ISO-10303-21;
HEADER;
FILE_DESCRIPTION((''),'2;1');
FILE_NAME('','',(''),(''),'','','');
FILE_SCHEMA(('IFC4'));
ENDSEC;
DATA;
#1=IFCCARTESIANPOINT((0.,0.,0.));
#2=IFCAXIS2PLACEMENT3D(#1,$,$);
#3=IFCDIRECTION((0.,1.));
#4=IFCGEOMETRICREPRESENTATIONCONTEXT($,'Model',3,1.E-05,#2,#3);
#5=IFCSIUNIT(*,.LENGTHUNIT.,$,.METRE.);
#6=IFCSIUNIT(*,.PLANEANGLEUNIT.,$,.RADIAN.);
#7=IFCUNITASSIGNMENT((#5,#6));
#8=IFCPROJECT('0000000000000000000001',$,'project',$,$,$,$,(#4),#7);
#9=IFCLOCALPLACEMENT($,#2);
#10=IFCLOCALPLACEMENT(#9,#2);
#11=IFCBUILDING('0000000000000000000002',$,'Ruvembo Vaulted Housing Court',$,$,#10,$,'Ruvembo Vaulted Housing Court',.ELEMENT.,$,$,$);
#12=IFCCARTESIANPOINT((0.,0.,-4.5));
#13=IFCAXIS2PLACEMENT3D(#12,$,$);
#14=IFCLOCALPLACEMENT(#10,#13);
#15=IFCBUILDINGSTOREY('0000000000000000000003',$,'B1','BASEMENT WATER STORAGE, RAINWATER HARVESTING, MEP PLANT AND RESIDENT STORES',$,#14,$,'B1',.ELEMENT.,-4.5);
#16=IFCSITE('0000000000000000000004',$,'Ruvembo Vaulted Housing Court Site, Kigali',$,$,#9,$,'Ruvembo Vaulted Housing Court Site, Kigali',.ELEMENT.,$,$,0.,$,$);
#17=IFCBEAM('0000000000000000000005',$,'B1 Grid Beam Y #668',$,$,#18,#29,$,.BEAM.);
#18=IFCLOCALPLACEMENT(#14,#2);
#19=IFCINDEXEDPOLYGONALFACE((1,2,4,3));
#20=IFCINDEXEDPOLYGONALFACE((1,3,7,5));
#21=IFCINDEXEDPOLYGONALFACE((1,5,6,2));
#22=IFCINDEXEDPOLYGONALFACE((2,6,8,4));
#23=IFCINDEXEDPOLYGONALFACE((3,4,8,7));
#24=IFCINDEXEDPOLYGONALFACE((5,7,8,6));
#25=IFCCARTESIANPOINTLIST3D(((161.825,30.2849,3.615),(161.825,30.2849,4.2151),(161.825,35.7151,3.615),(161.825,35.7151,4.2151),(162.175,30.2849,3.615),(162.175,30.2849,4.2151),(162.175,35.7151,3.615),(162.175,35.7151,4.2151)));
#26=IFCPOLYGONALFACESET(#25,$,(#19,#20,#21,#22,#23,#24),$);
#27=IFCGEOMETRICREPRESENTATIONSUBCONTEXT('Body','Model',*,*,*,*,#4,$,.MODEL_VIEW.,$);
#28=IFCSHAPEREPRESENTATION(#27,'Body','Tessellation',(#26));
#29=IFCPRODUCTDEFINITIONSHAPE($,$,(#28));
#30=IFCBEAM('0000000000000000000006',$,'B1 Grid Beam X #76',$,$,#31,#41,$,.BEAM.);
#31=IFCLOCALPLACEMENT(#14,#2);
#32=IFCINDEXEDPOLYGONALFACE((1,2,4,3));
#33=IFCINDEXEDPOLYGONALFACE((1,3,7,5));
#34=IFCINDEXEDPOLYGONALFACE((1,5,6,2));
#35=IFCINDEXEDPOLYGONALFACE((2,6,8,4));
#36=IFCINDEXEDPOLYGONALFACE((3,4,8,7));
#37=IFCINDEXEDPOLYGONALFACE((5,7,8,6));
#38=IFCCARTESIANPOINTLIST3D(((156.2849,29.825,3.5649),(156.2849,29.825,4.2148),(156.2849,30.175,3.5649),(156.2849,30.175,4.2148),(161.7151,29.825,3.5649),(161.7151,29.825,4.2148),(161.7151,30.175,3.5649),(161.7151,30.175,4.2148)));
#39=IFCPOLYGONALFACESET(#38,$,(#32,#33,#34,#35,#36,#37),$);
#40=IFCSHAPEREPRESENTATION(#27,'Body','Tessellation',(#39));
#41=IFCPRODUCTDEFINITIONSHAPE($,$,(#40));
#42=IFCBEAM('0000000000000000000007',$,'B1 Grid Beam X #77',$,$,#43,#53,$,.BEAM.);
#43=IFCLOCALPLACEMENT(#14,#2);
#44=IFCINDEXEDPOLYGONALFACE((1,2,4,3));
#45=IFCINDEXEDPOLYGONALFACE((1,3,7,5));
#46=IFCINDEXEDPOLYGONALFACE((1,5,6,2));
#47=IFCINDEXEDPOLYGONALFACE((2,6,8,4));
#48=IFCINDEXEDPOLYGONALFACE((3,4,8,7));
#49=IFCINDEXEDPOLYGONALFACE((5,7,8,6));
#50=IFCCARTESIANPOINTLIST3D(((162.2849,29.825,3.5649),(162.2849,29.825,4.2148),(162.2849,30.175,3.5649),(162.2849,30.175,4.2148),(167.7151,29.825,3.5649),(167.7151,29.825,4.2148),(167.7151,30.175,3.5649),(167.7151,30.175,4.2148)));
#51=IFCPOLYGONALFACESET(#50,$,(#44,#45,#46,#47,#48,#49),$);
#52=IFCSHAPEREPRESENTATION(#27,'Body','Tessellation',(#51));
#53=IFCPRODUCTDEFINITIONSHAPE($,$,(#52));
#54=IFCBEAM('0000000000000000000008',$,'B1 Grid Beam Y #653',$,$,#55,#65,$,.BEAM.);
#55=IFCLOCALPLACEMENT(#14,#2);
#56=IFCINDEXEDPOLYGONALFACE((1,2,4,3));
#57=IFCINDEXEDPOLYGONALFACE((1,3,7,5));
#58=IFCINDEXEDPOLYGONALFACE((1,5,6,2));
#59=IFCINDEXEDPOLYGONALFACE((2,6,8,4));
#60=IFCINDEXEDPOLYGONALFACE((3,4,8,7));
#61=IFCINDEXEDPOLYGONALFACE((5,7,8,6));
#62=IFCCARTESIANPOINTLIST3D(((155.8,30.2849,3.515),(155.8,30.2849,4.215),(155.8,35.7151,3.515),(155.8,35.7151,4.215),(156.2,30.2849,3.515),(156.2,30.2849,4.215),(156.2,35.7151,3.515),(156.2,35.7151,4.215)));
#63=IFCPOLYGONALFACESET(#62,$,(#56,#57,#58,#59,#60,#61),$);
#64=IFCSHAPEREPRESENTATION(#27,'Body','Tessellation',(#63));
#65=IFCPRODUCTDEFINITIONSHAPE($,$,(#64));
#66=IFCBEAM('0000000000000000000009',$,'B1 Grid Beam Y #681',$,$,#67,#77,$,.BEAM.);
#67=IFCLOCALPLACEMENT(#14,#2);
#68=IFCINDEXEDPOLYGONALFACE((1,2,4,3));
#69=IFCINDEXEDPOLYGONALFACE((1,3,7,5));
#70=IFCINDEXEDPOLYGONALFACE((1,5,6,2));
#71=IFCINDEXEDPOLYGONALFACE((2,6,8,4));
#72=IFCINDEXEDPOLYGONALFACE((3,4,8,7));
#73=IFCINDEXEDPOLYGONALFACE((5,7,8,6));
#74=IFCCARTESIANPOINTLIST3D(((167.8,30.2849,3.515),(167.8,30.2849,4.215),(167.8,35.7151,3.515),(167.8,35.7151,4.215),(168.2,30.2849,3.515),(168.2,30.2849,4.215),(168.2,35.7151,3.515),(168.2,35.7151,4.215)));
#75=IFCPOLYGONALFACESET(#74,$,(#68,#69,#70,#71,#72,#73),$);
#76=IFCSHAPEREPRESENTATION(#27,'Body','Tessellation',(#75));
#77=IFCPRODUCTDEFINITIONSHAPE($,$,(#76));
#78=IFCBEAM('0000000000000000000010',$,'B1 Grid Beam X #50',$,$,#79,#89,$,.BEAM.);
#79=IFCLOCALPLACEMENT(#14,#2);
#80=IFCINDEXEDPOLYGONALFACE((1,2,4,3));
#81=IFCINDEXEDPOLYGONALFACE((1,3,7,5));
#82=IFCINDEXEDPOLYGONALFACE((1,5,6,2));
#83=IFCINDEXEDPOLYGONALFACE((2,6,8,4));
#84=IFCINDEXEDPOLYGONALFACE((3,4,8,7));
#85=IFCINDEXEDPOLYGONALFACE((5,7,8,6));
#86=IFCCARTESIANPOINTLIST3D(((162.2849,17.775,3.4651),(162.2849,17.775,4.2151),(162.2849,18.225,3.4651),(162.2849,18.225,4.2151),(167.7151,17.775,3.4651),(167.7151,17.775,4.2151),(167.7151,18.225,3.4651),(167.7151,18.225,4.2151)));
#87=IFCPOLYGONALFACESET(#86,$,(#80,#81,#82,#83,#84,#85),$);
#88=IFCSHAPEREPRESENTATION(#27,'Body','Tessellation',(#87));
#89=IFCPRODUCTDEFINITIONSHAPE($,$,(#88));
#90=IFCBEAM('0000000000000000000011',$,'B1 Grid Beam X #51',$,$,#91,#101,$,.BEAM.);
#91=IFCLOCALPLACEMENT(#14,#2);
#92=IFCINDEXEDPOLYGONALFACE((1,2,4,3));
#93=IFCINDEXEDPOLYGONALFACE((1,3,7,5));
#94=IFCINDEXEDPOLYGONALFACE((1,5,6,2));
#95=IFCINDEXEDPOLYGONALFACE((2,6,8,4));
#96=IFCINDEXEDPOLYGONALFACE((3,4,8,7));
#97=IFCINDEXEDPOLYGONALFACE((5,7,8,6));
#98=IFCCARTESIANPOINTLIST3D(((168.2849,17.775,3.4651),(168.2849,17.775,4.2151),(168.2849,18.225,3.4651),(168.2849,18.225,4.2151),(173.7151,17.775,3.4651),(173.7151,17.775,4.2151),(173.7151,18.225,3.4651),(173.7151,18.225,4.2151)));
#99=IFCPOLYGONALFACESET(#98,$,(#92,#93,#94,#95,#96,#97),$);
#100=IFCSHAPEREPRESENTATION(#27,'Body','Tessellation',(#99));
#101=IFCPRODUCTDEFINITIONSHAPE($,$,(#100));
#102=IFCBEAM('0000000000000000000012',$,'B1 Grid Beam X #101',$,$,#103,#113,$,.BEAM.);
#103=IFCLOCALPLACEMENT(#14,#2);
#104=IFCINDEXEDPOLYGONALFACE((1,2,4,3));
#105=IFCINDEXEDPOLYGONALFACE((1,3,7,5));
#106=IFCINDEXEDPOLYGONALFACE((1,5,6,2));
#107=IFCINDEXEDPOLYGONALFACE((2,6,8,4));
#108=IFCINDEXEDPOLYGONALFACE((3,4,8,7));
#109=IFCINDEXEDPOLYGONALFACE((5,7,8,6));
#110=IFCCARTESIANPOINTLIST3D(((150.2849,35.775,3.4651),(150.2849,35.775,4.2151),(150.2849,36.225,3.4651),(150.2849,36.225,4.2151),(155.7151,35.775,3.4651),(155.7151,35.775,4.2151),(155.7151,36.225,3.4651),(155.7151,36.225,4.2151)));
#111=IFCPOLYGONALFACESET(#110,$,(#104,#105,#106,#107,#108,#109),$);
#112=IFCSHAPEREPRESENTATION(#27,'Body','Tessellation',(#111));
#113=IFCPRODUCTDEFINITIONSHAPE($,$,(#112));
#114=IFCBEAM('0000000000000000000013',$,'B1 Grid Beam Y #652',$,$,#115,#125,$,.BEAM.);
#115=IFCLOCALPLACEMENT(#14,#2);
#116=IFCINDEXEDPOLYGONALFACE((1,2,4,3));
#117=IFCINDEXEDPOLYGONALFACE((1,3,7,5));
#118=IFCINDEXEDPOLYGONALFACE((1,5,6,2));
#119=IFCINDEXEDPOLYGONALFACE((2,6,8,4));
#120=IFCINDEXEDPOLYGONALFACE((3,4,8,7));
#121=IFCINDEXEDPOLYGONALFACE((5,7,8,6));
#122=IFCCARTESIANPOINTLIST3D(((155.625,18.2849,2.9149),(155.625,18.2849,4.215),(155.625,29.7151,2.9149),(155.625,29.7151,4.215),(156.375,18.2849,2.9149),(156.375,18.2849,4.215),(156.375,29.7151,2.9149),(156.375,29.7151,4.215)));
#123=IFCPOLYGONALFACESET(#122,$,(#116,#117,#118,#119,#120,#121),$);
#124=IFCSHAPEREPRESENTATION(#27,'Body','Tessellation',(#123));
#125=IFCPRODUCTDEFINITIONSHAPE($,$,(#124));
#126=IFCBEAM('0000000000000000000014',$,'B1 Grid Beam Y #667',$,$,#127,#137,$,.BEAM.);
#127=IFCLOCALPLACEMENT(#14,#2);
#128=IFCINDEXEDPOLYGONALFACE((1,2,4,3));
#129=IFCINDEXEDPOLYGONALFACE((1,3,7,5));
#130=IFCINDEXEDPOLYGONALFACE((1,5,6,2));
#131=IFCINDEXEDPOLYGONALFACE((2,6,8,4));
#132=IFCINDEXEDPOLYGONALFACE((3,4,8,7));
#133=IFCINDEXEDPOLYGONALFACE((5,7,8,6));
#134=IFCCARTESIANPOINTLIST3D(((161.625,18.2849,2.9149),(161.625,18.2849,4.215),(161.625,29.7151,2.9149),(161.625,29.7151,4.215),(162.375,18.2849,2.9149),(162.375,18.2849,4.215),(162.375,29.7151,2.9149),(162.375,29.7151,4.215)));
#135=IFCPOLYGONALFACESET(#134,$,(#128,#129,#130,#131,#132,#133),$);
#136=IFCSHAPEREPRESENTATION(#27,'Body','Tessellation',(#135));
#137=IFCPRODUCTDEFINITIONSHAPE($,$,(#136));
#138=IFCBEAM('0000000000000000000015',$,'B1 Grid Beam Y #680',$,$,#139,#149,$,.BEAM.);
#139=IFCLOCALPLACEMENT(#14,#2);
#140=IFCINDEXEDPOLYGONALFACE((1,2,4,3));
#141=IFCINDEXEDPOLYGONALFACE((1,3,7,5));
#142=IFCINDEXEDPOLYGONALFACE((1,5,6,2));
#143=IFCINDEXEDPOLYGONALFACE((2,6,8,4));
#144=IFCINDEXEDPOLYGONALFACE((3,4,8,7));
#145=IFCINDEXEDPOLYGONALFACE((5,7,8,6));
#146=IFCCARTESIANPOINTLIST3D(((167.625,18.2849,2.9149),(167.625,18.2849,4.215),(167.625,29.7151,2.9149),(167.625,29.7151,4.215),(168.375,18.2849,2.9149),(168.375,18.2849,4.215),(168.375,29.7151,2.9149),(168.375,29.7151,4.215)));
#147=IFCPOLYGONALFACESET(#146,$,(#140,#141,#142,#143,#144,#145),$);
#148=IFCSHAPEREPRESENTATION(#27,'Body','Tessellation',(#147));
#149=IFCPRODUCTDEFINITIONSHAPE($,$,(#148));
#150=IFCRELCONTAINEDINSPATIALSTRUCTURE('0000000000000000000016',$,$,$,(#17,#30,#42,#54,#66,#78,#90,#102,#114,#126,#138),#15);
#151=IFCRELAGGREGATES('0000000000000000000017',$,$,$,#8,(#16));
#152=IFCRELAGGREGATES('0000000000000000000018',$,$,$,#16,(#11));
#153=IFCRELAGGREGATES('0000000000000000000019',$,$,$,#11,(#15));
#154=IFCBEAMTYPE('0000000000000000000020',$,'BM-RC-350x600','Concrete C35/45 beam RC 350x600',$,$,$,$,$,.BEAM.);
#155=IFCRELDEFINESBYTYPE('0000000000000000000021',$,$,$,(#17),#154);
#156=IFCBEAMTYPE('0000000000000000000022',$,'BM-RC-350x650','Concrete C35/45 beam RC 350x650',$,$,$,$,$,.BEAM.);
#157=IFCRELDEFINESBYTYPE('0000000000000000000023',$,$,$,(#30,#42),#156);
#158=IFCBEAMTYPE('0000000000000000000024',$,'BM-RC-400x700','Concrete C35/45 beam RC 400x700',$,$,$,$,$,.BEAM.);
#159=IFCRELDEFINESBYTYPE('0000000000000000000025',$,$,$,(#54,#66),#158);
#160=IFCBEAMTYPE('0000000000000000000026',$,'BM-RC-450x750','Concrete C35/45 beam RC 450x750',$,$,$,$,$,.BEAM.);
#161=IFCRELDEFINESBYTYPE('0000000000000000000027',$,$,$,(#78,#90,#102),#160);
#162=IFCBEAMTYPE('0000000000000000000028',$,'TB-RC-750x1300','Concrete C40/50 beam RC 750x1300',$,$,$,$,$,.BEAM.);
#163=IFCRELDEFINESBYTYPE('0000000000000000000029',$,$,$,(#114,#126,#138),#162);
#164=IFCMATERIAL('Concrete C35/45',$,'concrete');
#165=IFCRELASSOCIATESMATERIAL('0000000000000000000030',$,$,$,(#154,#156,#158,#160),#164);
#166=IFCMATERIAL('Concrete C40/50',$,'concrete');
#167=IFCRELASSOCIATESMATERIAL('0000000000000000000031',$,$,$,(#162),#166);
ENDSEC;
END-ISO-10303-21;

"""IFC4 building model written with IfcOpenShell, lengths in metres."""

from ifc_helpers import new_model, si_unit, direction, frame, origin, origin_2d, place, context, subcontext, project, spatial, rectangle, extrude, material, material_profile, profile_set, type_object, element, save


model = new_model("IFC4")

# Units and contexts
model_context = context("Model", 3, precision=1e-05, world=origin(), true_north=direction((0.0, 1.0)))
body_context = subcontext(model_context, "Body", "Model", "MODEL_VIEW")
ifc_project = project(units=[si_unit("LENGTHUNIT", "METRE"), si_unit("PLANEANGLEUNIT", "RADIAN")], contexts=[model_context])

# Site, building, storey
site_placement = place(None, origin())
site = spatial("IfcSite", under=ifc_project, at=site_placement, Name="Ruvembo Vaulted Housing Court Site, Kigali", LongName="Ruvembo Vaulted Housing Court Site, Kigali", CompositionType="ELEMENT", RefElevation=0.0)
building_placement = place(site_placement, origin())
building = spatial("IfcBuilding", under=site, at=building_placement, Name="Ruvembo Vaulted Housing Court", LongName="Ruvembo Vaulted Housing Court", CompositionType="ELEMENT")
storey_placement = place(building_placement, frame((0.0, 0.0, -4.5)))
storey = spatial("IfcBuildingStorey", under=building, at=storey_placement, Name="B1", Description="BASEMENT WATER STORAGE, RAINWATER HARVESTING, MEP PLANT AND RESIDENT STORES", LongName="B1", CompositionType="ELEMENT", Elevation=-4.5)

# Shared definitions
ifc_material_1 = material(Name="Concrete C35/45", Category="concrete")

# Shared definitions
ifc_material_2 = material(Name="Concrete C40/50", Category="concrete")

# Beams
ifc_material_profile_1 = material_profile(ifc_material_1, rectangle(XDim=0.3501, YDim=0.6001, at=origin_2d()), Name="RC 350x600")
ifc_profile_set_1 = profile_set([ifc_material_profile_1], Name="Concrete C35/45")
beam_type_1 = type_object("IfcBeamType", Name="BM-RC-350x600", Description="Concrete C35/45 beam RC 350x600", PredefinedType="BEAM", material=ifc_profile_set_1)
beam_placement = place(storey_placement, frame((162.0, 30.2849, 3.915), z_axis=(0.0, 1.0, 0.0), x_axis=(-1.0, 0.0, 0.0)))
element("IfcBeam", 1, at=beam_placement, inside=storey, type_object=beam_type_1, Name="B1 Grid Beam Y #668", PredefinedType="BEAM", context=body_context, shape_type="SweptSolid", body=[
    extrude(rectangle(XDim=0.3501, YDim=0.6001, at=origin_2d()), origin(), (0.0, 0.0, 1.0), 5.4302),
])
ifc_material_profile_2 = material_profile(ifc_material_1, rectangle(XDim=0.3501, YDim=0.6499, at=origin_2d()), Name="RC 350x650")
ifc_profile_set_2 = profile_set([ifc_material_profile_2], Name="Concrete C35/45")
beam_type_2 = type_object("IfcBeamType", Name="BM-RC-350x650", Description="Concrete C35/45 beam RC 350x650", PredefinedType="BEAM", material=ifc_profile_set_2)
for number, where, z_axis, x_axis, name in (
    (2, (156.2849, 30.0, 3.8899), (1.0, 0.0, 0.0), (0.0, 1.0, 0.0), "B1 Grid Beam X #76"),
    (3, (162.2849, 30.0, 3.8899), (1.0, 0.0, 0.0), (0.0, 1.0, 0.0), "B1 Grid Beam X #77"),
):
    element("IfcBeam", number, at=place(storey_placement, frame(where, z_axis=z_axis, x_axis=x_axis)), inside=storey, type_object=beam_type_2, Name=name, PredefinedType="BEAM", context=body_context, shape_type="SweptSolid", body=[
        extrude(rectangle(XDim=0.3501, YDim=0.6499, at=origin_2d()), origin(), (0.0, 0.0, 1.0), 5.4302),
    ])
ifc_material_profile_3 = material_profile(ifc_material_1, rectangle(XDim=0.3999, YDim=0.7, at=origin_2d()), Name="RC 400x700")
ifc_profile_set_3 = profile_set([ifc_material_profile_3], Name="Concrete C35/45")
beam_type_3 = type_object("IfcBeamType", Name="BM-RC-400x700", Description="Concrete C35/45 beam RC 400x700", PredefinedType="BEAM", material=ifc_profile_set_3)
for number, where, z_axis, x_axis, name in (
    (4, (156.0, 30.2849, 3.865), (0.0, 1.0, 0.0), (-1.0, 0.0, 0.0), "B1 Grid Beam Y #653"),
    (5, (168.0, 30.2849, 3.865), (0.0, 1.0, 0.0), (-1.0, 0.0, 0.0), "B1 Grid Beam Y #681"),
):
    element("IfcBeam", number, at=place(storey_placement, frame(where, z_axis=z_axis, x_axis=x_axis)), inside=storey, type_object=beam_type_3, Name=name, PredefinedType="BEAM", context=body_context, shape_type="SweptSolid", body=[
        extrude(rectangle(XDim=0.3999, YDim=0.7, at=origin_2d()), origin(), (0.0, 0.0, 1.0), 5.4302),
    ])
ifc_material_profile_4 = material_profile(ifc_material_1, rectangle(XDim=0.45, YDim=0.75, at=origin_2d()), Name="RC 450x750")
ifc_profile_set_4 = profile_set([ifc_material_profile_4], Name="Concrete C35/45")
beam_type_4 = type_object("IfcBeamType", Name="BM-RC-450x750", Description="Concrete C35/45 beam RC 450x750", PredefinedType="BEAM", material=ifc_profile_set_4)
for number, where, z_axis, x_axis, name in (
    (6, (162.2849, 18.0, 3.8401), (1.0, 0.0, 0.0), (0.0, 1.0, 0.0), "B1 Grid Beam X #50"),
    (7, (168.2849, 18.0, 3.8401), (1.0, 0.0, 0.0), (0.0, 1.0, 0.0), "B1 Grid Beam X #51"),
    (8, (150.2849, 36.0, 3.8401), (1.0, 0.0, 0.0), (0.0, 1.0, 0.0), "B1 Grid Beam X #101"),
):
    element("IfcBeam", number, at=place(storey_placement, frame(where, z_axis=z_axis, x_axis=x_axis)), inside=storey, type_object=beam_type_4, Name=name, PredefinedType="BEAM", context=body_context, shape_type="SweptSolid", body=[
        extrude(rectangle(XDim=0.45, YDim=0.75, at=origin_2d()), origin(), (0.0, 0.0, 1.0), 5.4302),
    ])
ifc_material_profile_5 = material_profile(ifc_material_2, rectangle(XDim=0.75, YDim=1.3, at=origin_2d()), Name="RC 750x1300")
ifc_profile_set_5 = profile_set([ifc_material_profile_5], Name="Concrete C40/50")
beam_type_5 = type_object("IfcBeamType", Name="TB-RC-750x1300", Description="Concrete C40/50 beam RC 750x1300", PredefinedType="BEAM", material=ifc_profile_set_5)
for number, where, z_axis, x_axis, name in (
    (9, (156.0, 18.2849, 3.5649), (0.0, 1.0, 0.0), (-1.0, 0.0, 0.0), "B1 Grid Beam Y #652"),
    (10, (162.0, 18.2849, 3.5649), (0.0, 1.0, 0.0), (-1.0, 0.0, 0.0), "B1 Grid Beam Y #667"),
    (11, (168.0, 18.2849, 3.5649), (0.0, 1.0, 0.0), (-1.0, 0.0, 0.0), "B1 Grid Beam Y #680"),
):
    element("IfcBeam", number, at=place(storey_placement, frame(where, z_axis=z_axis, x_axis=x_axis)), inside=storey, type_object=beam_type_5, Name=name, PredefinedType="BEAM", context=body_context, shape_type="SweptSolid", body=[
        extrude(rectangle(XDim=0.75, YDim=1.3, at=origin_2d()), origin(), (0.0, 0.0, 1.0), 11.4302),
    ])

save(model, "model.ifc")
